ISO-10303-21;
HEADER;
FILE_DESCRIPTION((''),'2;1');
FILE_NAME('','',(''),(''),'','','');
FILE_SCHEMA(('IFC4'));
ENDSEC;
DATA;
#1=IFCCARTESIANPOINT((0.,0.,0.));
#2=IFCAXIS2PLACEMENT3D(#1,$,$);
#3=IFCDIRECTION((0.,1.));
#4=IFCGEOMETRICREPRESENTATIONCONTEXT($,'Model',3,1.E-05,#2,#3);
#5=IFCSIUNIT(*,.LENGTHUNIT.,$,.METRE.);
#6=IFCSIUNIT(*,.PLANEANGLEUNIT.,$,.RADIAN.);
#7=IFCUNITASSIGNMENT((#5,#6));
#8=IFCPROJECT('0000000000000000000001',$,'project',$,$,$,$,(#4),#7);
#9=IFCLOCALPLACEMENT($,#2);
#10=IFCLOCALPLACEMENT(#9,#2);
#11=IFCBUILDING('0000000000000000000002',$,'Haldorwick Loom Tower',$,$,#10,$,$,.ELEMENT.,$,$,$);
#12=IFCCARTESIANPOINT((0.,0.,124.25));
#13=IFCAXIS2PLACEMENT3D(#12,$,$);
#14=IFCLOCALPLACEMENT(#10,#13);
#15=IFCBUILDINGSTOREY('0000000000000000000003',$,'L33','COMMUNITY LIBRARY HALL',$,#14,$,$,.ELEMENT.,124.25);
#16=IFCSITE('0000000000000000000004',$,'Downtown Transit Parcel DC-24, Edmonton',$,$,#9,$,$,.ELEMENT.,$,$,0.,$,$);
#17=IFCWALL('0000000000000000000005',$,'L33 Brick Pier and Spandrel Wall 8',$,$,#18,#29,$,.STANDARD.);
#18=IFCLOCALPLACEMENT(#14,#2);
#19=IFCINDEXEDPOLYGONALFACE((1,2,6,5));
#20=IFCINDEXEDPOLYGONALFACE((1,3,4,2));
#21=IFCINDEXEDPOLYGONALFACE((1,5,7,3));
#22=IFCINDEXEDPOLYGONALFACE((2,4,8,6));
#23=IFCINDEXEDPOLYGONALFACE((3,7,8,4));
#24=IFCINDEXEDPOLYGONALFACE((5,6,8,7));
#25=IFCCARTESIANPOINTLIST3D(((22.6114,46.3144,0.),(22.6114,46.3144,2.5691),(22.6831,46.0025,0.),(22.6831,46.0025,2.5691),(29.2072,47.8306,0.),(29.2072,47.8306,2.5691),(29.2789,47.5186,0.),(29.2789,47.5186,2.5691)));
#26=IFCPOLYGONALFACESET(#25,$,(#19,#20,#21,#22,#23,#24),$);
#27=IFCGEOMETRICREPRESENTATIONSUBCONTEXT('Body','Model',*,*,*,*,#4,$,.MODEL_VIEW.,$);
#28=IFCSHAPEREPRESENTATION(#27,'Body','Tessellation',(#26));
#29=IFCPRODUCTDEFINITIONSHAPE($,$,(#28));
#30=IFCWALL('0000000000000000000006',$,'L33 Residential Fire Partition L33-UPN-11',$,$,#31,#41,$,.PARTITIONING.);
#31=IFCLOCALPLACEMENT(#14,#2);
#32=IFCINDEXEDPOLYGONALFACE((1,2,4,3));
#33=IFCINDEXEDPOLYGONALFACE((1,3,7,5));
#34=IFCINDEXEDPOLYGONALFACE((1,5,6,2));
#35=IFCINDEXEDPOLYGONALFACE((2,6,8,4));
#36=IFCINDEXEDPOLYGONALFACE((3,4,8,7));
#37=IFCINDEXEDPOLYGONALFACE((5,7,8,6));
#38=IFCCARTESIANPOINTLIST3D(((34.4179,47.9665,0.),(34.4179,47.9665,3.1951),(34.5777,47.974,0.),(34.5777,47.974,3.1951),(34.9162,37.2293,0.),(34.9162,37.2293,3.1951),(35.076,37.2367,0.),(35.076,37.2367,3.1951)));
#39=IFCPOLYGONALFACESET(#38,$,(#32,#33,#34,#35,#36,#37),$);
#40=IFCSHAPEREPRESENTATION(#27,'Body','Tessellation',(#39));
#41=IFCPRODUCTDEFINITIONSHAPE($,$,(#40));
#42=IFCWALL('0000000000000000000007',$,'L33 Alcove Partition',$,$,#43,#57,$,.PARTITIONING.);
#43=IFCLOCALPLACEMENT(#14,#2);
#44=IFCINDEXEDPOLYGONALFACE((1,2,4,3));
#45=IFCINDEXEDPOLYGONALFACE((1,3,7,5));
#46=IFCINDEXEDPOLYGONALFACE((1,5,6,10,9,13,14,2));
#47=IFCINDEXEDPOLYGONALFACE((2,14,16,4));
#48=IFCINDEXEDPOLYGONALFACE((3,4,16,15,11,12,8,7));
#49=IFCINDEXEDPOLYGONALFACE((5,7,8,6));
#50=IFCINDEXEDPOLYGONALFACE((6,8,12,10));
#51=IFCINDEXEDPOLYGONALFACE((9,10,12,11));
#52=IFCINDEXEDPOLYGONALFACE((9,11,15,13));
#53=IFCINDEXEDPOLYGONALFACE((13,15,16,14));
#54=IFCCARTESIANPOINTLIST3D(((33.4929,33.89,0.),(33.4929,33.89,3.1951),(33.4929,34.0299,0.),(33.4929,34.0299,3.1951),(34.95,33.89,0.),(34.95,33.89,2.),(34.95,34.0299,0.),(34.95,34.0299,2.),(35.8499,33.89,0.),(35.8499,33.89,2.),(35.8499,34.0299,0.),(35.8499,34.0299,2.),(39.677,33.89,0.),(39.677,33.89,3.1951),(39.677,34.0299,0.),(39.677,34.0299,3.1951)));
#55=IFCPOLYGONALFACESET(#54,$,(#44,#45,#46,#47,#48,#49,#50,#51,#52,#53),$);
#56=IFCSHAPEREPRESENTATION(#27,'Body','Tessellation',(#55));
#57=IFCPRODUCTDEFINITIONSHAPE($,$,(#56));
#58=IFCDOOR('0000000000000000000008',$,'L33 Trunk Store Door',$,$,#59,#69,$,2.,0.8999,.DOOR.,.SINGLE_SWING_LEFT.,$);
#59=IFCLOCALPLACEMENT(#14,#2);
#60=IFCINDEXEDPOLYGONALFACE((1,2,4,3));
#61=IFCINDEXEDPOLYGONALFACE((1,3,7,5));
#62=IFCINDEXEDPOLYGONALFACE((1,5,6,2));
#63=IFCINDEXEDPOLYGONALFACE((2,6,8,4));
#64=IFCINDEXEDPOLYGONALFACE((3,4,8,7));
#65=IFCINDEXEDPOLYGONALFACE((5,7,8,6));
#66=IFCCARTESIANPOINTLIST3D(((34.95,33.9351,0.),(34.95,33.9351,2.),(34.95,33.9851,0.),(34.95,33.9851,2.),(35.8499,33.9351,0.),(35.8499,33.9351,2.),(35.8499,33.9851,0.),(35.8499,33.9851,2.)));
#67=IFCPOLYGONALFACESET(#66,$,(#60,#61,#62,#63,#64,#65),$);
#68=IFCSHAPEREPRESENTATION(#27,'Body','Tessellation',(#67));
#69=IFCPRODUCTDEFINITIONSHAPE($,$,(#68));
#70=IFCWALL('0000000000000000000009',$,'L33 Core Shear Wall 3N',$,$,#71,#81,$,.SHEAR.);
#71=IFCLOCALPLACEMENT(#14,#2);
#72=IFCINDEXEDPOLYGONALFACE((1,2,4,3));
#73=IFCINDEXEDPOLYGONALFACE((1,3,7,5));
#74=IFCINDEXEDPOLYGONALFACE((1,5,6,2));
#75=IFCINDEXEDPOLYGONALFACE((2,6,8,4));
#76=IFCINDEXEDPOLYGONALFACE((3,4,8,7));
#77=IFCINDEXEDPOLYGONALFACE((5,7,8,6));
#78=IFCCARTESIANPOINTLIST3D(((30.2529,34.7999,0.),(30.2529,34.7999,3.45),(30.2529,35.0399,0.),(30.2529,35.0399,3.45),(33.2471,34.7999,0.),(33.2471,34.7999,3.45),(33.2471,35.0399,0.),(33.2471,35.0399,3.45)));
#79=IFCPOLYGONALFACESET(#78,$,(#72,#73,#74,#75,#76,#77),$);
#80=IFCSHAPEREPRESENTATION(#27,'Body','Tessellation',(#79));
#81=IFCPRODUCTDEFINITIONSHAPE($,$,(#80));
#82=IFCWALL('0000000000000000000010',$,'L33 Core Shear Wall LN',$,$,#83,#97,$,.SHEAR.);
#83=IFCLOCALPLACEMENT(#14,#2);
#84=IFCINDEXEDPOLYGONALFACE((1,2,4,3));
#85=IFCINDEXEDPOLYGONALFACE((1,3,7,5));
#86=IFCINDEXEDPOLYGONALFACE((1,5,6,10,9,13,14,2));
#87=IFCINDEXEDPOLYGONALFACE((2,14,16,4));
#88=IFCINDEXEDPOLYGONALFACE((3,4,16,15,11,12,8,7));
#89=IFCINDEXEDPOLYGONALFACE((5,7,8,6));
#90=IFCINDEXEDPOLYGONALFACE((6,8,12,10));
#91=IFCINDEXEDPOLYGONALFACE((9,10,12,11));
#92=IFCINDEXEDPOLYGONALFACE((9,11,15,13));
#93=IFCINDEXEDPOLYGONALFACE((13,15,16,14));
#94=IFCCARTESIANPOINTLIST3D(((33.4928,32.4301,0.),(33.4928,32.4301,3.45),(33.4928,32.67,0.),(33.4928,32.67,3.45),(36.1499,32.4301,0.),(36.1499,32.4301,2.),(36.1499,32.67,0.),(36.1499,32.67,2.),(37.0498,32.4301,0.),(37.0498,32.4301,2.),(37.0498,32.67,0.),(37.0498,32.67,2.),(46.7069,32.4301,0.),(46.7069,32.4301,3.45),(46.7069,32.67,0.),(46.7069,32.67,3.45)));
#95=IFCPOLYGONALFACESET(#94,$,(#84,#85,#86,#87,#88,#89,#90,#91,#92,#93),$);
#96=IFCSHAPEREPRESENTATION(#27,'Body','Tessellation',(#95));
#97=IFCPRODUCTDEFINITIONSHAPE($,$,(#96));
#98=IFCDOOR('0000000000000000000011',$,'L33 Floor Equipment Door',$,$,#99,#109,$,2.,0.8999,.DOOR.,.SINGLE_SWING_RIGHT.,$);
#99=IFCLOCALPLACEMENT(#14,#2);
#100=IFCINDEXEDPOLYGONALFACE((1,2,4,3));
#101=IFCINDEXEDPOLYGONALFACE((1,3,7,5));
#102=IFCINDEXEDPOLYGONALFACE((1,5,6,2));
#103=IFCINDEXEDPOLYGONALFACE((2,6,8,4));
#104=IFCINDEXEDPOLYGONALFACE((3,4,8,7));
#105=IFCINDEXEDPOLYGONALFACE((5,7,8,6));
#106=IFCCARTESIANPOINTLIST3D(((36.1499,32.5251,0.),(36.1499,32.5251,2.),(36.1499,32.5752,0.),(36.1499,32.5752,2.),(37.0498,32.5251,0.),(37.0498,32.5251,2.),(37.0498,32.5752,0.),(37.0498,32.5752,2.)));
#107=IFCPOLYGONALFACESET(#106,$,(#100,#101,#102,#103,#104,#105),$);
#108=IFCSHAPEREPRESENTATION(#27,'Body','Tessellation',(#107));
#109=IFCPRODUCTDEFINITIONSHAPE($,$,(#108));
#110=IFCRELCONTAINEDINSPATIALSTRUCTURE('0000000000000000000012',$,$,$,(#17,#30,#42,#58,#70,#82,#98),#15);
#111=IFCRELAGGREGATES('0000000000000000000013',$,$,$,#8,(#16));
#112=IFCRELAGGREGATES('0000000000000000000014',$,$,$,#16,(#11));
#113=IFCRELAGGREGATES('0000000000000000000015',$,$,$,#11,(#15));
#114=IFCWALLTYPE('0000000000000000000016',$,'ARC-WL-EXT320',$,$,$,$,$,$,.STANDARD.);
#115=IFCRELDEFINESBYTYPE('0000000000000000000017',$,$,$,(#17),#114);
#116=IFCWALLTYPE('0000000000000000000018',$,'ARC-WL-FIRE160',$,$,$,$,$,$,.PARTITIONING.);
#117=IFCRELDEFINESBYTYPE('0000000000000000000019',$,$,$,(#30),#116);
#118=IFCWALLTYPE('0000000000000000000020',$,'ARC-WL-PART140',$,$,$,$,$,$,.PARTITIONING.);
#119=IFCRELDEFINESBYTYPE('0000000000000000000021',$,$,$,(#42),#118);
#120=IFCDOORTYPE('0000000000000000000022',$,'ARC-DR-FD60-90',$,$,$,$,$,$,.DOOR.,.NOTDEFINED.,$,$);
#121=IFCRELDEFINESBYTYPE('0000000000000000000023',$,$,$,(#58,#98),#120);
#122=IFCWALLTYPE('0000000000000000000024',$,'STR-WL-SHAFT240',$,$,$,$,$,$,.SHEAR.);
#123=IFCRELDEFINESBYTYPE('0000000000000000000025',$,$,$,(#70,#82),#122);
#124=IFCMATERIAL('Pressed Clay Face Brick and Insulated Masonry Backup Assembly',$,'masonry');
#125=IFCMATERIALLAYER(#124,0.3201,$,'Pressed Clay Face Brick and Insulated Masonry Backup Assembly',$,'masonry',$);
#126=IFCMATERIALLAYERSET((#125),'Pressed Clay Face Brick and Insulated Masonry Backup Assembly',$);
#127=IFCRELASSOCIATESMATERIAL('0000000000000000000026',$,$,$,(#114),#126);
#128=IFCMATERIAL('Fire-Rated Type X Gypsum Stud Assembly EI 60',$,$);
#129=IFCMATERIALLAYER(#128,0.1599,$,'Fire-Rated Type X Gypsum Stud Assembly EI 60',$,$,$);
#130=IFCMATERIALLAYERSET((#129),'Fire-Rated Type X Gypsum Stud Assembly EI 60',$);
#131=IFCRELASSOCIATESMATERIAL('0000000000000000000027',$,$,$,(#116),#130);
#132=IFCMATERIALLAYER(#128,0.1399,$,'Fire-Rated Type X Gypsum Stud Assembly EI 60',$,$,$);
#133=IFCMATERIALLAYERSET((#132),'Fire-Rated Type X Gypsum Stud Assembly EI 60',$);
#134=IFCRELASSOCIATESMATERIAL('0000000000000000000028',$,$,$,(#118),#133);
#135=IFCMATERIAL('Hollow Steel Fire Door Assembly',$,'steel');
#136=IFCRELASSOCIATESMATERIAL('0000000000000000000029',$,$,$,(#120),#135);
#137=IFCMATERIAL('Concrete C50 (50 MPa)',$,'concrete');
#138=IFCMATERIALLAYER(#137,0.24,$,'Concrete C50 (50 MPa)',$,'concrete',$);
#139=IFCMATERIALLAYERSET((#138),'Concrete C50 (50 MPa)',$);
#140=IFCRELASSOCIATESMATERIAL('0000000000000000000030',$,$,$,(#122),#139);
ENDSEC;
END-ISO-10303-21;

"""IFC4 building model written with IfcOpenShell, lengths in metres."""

from ifc_helpers import new_model, si_unit, direction, frame, frame_2d, origin, place, context, subcontext, project, spatial, rectangle, extrude, material, layer, layer_set, type_object, element, fill, save


model = new_model("IFC4")

# Units and contexts
model_context = context("Model", 3, precision=1e-05, world=origin(), true_north=direction((0.0, 1.0)))
body_context = subcontext(model_context, "Body", "Model", "MODEL_VIEW")
ifc_project = project(units=[si_unit("LENGTHUNIT", "METRE"), si_unit("PLANEANGLEUNIT", "RADIAN")], contexts=[model_context])

# Site, building, storey
site_placement = place(None, origin())
site = spatial("IfcSite", under=ifc_project, at=site_placement, Name="Downtown Transit Parcel DC-24, Edmonton", CompositionType="ELEMENT", RefElevation=0.0)
building_placement = place(site_placement, origin())
building = spatial("IfcBuilding", under=site, at=building_placement, Name="Haldorwick Loom Tower", CompositionType="ELEMENT")
storey_placement = place(building_placement, frame((0.0, 0.0, 124.25)))
storey = spatial("IfcBuildingStorey", under=building, at=storey_placement, Name="L33", Description="COMMUNITY LIBRARY HALL", CompositionType="ELEMENT", Elevation=124.25)

# Walls
ifc_material_1 = material(Name="Pressed Clay Face Brick and Insulated Masonry Backup Assembly", Category="masonry")
ifc_layer_1 = layer(ifc_material_1, 0.3201, Name="Pressed Clay Face Brick and Insulated Masonry Backup Assembly", Category="masonry")
ifc_layer_set_1 = layer_set([ifc_layer_1], Name="Pressed Clay Face Brick and Insulated Masonry Backup Assembly")
wall_type_1 = type_object("IfcWallType", Name="ARC-WL-EXT320", PredefinedType="STANDARD", material=ifc_layer_set_1)
wall_1_placement = place(storey_placement, frame((29.2429, 47.6746, 0.0), z_axis=(0.0, 0.0, 1.0), x_axis=(-0.974584, -0.224022, 0.0)))
element("IfcWall", 1, at=wall_1_placement, inside=storey, type_object=wall_type_1, Name="L33 Brick Pier and Spandrel Wall 8", PredefinedType="STANDARD", context=body_context, shape_type="SweptSolid", body=[
    extrude(rectangle(XDim=6.7678, YDim=0.3201, at=frame_2d((3.3838, 0.0))), origin(), (0.0, 0.0, 1.0), 2.5691),
])
ifc_material_2 = material(Name="Fire-Rated Type X Gypsum Stud Assembly EI 60")
ifc_layer_2 = layer(ifc_material_2, 0.1599, Name="Fire-Rated Type X Gypsum Stud Assembly EI 60")
ifc_layer_set_2 = layer_set([ifc_layer_2], Name="Fire-Rated Type X Gypsum Stud Assembly EI 60")
wall_type_2 = type_object("IfcWallType", Name="ARC-WL-FIRE160", PredefinedType="PARTITIONING", material=ifc_layer_set_2)
wall_2_placement = place(storey_placement, frame((34.9961, 37.2329, 0.0), z_axis=(0.0, 0.0, 1.0), x_axis=(-0.046358, 0.998925, 0.0)))
element("IfcWall", 2, at=wall_2_placement, inside=storey, type_object=wall_type_2, Name="L33 Residential Fire Partition L33-UPN-11", PredefinedType="PARTITIONING", context=body_context, shape_type="SweptSolid", body=[
    extrude(rectangle(XDim=10.7488, YDim=0.1599, at=frame_2d((5.3745, 0.0))), origin(), (0.0, 0.0, 1.0), 3.1951),
])

# Wall, opening, door
ifc_layer_3 = layer(ifc_material_2, 0.1399, Name="Fire-Rated Type X Gypsum Stud Assembly EI 60")
ifc_layer_set_3 = layer_set([ifc_layer_3], Name="Fire-Rated Type X Gypsum Stud Assembly EI 60")
wall_type_3 = type_object("IfcWallType", Name="ARC-WL-PART140", PredefinedType="PARTITIONING", material=ifc_layer_set_3)
wall_3_placement = place(storey_placement, frame((33.4929, 33.96, 0.0), z_axis=(0.0, 0.0, 1.0), x_axis=(1.0, 0.0, 0.0)))
wall_3 = element("IfcWall", 3, at=wall_3_placement, inside=storey, type_object=wall_type_3, Name="L33 Alcove Partition", PredefinedType="PARTITIONING", context=body_context, shape_type="SweptSolid", body=[
    extrude(rectangle(XDim=6.1841, YDim=0.1399, at=frame_2d((3.092, 0.0))), origin(), (0.0, 0.0, 1.0), 3.1951),
])
opening_1_placement = place(wall_3_placement, frame((1.457, 0.0, 0.0)))
opening_1 = element("IfcOpeningElement", 4, at=opening_1_placement, cuts=wall_3, PredefinedType="OPENING", context=body_context, shape_type="SweptSolid", body=[
    extrude(rectangle(XDim=0.8999, YDim=2.0, at=frame_2d((0.45, 1.0))), frame((0.0, 0.0798, 0.0), z_axis=(0.0, -1.0, 0.0), x_axis=(1.0, 0.0, 0.0)), (0.0, 0.0, 1.0), 0.1599),
])
ifc_material_3 = material(Name="Hollow Steel Fire Door Assembly", Category="steel")
door_type = type_object("IfcDoorType", Name="ARC-DR-FD60-90", OperationType="NOTDEFINED", PredefinedType="DOOR", material=ifc_material_3)
door_1_placement = place(opening_1_placement, frame((0.8999, 0.0, 0.0), z_axis=(0.0, 0.0, 1.0), x_axis=(-1.0, 0.0, 0.0)))
door_1 = element("IfcDoor", 5, at=door_1_placement, inside=storey, type_object=door_type, Name="L33 Trunk Store Door", OperationType="SINGLE_SWING_LEFT", OverallHeight=2.0, OverallWidth=0.8999, PredefinedType="DOOR", context=body_context, shape_type="SweptSolid", body=[
    extrude(rectangle(XDim=0.8999, YDim=2.0, at=frame_2d((0.45, 1.0))), frame((0.0, 0.0249, 0.0), z_axis=(0.0, -1.0, 0.0), x_axis=(1.0, 0.0, 0.0)), (0.0, 0.0, 1.0), 0.05),
])
fill(opening_1, door_1)

# Wall
ifc_material_4 = material(Name="Concrete C50 (50 MPa)", Category="concrete")
ifc_layer_4 = layer(ifc_material_4, 0.24, Name="Concrete C50 (50 MPa)", Category="concrete")
ifc_layer_set_4 = layer_set([ifc_layer_4], Name="Concrete C50 (50 MPa)")
wall_type_4 = type_object("IfcWallType", Name="STR-WL-SHAFT240", PredefinedType="SHEAR", material=ifc_layer_set_4)
wall_4_placement = place(storey_placement, frame((30.2529, 34.9199, 0.0), z_axis=(0.0, 0.0, 1.0), x_axis=(1.0, 0.0, 0.0)))
element("IfcWall", 6, at=wall_4_placement, inside=storey, type_object=wall_type_4, Name="L33 Core Shear Wall 3N", PredefinedType="SHEAR", context=body_context, shape_type="SweptSolid", body=[
    extrude(rectangle(XDim=2.9941, YDim=0.24, at=frame_2d((1.4971, 0.0))), origin(), (0.0, 0.0, 1.0), 3.45),
])

# Wall, opening, door
wall_5_placement = place(storey_placement, frame((33.4929, 32.55, 0.0), z_axis=(0.0, 0.0, 1.0), x_axis=(1.0, 0.0, 0.0)))
wall_5 = element("IfcWall", 7, at=wall_5_placement, inside=storey, type_object=wall_type_4, Name="L33 Core Shear Wall LN", PredefinedType="SHEAR", context=body_context, shape_type="SweptSolid", body=[
    extrude(rectangle(XDim=13.2141, YDim=0.24, at=frame_2d((6.6069, 0.0))), origin(), (0.0, 0.0, 1.0), 3.45),
])
opening_2_placement = place(wall_5_placement, frame((2.657, 0.0, 0.0)))
opening_2 = element("IfcOpeningElement", 8, at=opening_2_placement, cuts=wall_5, PredefinedType="OPENING", context=body_context, shape_type="SweptSolid", body=[
    extrude(rectangle(XDim=0.8999, YDim=2.0, at=frame_2d((0.45, 1.0))), frame((0.0, 0.1299, 0.0), z_axis=(0.0, -1.0, 0.0), x_axis=(1.0, 0.0, 0.0)), (0.0, 0.0, 1.0), 0.26),
])
door_2_placement = place(opening_2_placement, frame((0.8999, 0.0, 0.0), z_axis=(0.0, 0.0, 1.0), x_axis=(-1.0, 0.0, 0.0)))
door_2 = element("IfcDoor", 9, at=door_2_placement, inside=storey, type_object=door_type, Name="L33 Floor Equipment Door", OperationType="SINGLE_SWING_RIGHT", OverallHeight=2.0, OverallWidth=0.8999, PredefinedType="DOOR", context=body_context, shape_type="SweptSolid", body=[
    extrude(rectangle(XDim=0.8999, YDim=2.0, at=frame_2d((0.45, 1.0))), frame((0.0, 0.0249, 0.0), z_axis=(0.0, -1.0, 0.0), x_axis=(1.0, 0.0, 0.0)), (0.0, 0.0, 1.0), 0.05),
])
fill(opening_2, door_2)

save(model, "model.ifc")
